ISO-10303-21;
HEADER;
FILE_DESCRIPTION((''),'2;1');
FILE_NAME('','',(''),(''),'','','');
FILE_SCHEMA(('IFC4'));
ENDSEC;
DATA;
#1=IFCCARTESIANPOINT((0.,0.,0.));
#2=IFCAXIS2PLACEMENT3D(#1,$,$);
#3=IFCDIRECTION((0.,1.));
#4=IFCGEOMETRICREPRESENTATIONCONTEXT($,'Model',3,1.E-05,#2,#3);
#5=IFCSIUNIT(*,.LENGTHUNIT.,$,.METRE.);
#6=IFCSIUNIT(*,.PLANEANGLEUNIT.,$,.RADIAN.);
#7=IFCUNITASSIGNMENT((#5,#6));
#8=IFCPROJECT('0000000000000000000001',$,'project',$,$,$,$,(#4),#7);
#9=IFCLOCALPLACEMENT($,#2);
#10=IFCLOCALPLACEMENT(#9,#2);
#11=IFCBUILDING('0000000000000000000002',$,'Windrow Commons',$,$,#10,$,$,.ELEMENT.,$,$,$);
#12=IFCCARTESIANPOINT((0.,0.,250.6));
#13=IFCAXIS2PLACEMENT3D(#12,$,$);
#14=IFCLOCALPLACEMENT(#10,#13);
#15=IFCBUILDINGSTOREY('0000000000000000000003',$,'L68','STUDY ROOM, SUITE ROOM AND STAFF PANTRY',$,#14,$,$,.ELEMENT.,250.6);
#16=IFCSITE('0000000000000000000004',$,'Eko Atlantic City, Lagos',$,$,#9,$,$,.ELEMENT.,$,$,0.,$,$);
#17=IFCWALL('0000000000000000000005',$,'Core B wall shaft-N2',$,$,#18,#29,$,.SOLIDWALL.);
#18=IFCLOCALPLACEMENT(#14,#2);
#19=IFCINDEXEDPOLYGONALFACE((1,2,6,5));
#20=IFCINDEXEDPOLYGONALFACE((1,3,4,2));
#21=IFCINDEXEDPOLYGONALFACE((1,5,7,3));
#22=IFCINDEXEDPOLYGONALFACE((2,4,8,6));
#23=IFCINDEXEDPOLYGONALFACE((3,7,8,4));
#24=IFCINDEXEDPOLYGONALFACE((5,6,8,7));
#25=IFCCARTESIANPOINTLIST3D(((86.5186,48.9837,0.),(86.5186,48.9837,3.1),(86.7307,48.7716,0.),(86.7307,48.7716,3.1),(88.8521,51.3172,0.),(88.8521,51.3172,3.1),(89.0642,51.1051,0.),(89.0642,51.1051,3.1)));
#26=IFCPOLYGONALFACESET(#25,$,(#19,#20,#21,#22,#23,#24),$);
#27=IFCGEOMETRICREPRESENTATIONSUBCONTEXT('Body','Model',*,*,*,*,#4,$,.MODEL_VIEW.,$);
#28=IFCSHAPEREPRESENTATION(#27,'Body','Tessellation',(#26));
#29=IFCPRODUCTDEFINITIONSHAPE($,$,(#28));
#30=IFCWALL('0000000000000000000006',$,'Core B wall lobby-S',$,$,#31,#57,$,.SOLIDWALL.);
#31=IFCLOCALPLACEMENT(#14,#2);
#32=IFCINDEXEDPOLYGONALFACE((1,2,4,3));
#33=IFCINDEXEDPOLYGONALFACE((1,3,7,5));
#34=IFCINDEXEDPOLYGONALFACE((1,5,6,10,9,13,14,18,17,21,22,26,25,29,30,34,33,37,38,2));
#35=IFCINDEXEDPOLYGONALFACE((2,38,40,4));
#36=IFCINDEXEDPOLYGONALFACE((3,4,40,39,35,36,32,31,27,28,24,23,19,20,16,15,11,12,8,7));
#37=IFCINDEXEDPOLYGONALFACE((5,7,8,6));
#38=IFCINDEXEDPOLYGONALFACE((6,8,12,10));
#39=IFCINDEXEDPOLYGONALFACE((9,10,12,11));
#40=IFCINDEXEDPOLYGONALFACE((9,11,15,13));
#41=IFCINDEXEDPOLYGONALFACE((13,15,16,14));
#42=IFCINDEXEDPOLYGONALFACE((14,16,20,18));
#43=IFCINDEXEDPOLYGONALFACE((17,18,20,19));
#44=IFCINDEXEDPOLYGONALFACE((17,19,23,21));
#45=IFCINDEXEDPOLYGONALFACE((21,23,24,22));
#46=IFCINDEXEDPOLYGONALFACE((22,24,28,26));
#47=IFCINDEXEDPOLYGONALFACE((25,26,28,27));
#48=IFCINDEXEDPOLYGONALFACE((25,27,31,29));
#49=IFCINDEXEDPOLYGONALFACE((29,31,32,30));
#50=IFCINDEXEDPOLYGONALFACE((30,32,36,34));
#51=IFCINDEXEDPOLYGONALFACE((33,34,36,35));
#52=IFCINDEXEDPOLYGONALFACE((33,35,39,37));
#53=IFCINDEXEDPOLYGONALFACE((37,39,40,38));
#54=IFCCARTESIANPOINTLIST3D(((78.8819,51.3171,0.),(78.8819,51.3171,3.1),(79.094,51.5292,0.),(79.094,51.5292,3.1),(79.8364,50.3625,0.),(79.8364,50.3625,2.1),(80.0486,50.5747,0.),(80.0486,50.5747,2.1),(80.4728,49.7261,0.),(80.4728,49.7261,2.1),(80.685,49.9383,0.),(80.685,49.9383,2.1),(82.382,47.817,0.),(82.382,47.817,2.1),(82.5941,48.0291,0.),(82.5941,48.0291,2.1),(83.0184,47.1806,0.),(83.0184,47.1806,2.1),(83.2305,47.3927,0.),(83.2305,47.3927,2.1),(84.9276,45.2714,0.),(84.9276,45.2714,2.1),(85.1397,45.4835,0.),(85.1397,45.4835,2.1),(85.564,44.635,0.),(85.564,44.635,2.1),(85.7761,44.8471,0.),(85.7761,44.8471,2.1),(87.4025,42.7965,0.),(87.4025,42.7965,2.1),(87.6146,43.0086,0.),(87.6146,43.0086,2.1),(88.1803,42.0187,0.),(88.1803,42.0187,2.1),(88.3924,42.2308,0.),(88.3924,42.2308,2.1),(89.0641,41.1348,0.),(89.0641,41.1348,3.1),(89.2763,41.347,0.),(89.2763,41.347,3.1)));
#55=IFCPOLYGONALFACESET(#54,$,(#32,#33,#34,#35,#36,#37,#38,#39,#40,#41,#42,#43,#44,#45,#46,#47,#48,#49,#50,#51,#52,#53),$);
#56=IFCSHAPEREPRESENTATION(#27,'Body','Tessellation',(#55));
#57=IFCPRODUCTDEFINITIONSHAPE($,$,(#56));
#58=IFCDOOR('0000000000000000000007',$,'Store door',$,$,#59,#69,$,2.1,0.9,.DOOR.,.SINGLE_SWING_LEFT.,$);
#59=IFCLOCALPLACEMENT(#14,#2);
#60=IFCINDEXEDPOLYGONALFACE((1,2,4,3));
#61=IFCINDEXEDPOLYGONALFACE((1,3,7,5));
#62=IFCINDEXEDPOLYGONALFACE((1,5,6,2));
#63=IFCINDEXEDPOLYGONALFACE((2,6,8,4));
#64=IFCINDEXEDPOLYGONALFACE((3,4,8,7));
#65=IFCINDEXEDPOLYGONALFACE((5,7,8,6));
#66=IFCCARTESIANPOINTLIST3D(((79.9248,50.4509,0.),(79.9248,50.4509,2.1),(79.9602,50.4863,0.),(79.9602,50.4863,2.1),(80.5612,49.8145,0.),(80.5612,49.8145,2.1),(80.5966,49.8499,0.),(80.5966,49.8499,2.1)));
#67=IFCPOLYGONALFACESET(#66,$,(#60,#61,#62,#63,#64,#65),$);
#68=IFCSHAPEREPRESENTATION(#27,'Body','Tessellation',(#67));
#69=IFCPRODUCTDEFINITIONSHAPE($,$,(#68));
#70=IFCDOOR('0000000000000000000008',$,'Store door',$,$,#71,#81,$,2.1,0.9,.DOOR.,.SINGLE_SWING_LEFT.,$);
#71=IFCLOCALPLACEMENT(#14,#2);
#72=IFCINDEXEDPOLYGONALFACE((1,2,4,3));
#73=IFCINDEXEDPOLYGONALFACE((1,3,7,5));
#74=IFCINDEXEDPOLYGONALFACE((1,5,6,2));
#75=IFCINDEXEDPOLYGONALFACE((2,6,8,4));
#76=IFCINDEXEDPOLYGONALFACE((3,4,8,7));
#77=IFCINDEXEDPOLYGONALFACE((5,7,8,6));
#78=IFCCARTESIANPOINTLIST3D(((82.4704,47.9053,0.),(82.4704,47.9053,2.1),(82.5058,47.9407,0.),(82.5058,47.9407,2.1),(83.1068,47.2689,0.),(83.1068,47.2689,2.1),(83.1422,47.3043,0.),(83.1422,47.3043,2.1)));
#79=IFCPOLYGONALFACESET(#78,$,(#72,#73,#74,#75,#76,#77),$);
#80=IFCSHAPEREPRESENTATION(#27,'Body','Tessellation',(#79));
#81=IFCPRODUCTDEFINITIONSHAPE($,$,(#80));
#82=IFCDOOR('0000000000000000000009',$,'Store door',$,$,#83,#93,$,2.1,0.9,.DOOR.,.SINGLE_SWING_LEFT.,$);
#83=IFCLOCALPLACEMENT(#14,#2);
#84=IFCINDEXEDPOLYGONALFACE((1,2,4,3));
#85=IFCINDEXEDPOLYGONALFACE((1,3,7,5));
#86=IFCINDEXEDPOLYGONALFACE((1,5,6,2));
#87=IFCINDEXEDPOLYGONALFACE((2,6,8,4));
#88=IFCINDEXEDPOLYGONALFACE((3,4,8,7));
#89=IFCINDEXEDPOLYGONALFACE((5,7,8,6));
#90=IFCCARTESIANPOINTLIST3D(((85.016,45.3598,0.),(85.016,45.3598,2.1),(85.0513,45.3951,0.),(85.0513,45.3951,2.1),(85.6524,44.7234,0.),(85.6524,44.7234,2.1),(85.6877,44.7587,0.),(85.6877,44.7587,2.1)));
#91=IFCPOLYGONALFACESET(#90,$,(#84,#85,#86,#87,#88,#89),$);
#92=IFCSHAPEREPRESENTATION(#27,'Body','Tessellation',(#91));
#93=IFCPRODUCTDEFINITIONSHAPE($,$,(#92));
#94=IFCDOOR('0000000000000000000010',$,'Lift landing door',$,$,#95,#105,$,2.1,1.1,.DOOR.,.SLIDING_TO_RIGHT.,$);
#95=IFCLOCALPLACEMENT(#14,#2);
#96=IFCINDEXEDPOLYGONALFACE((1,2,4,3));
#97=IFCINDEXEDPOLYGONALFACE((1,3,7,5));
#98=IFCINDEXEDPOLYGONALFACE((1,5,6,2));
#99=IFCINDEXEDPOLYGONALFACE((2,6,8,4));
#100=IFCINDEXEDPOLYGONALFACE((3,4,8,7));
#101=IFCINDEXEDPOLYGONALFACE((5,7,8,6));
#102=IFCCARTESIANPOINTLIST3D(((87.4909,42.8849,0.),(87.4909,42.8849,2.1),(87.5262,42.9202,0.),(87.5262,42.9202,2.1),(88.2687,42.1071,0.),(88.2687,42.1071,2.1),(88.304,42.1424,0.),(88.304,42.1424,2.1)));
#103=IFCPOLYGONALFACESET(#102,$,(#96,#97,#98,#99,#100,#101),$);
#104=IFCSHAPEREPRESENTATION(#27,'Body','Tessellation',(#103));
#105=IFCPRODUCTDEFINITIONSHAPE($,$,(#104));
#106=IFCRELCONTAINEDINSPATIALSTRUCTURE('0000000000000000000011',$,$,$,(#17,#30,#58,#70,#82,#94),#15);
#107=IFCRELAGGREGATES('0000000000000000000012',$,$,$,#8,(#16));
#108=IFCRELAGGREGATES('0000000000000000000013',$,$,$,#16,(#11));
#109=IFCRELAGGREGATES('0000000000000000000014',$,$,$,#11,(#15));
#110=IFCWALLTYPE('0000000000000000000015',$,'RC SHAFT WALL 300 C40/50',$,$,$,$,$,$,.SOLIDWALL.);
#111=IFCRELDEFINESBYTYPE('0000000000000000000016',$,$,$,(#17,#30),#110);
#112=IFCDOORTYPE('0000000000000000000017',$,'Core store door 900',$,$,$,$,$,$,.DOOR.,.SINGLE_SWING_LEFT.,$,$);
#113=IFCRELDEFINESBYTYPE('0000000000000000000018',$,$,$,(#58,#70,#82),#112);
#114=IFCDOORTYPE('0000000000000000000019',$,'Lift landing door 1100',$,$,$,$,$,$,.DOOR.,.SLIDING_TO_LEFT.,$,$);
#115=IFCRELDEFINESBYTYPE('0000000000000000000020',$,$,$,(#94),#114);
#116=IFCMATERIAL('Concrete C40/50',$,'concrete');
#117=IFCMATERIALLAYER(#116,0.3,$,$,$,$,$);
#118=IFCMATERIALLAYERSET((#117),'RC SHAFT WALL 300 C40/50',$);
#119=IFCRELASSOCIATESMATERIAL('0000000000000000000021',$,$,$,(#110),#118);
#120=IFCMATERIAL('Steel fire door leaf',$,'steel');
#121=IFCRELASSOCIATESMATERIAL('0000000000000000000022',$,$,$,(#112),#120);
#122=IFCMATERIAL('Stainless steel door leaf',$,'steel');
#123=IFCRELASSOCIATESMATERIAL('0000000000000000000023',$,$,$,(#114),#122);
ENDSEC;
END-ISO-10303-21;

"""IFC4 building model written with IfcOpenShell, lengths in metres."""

from ifc_helpers import new_model, si_unit, direction, frame, frame_2d, origin, place, context, subcontext, project, spatial, rectangle, extrude, material, layer, layer_set, type_object, element, fill, save


model = new_model("IFC4")

# Units and contexts
model_context = context("Model", 3, precision=1e-05, world=origin(), true_north=direction((0.0, 1.0)))
body_context = subcontext(model_context, "Body", "Model", "MODEL_VIEW")
ifc_project = project(units=[si_unit("LENGTHUNIT", "METRE"), si_unit("PLANEANGLEUNIT", "RADIAN")], contexts=[model_context])

# Site, building, storey
site_placement = place(None, origin())
site = spatial("IfcSite", under=ifc_project, at=site_placement, Name="Eko Atlantic City, Lagos", CompositionType="ELEMENT", RefElevation=0.0)
building_placement = place(site_placement, origin())
building = spatial("IfcBuilding", under=site, at=building_placement, Name="Windrow Commons", CompositionType="ELEMENT")
storey_placement = place(building_placement, frame((0.0, 0.0, 250.6)))
storey = spatial("IfcBuildingStorey", under=building, at=storey_placement, Name="L68", Description="STUDY ROOM, SUITE ROOM AND STAFF PANTRY", CompositionType="ELEMENT", Elevation=250.6)

# Wall
ifc_material_1 = material(Name="Concrete C40/50", Category="concrete")
ifc_layer_1 = layer(ifc_material_1, 0.3)
ifc_layer_set_1 = layer_set([ifc_layer_1], Name="RC SHAFT WALL 300 C40/50")
wall_type_1 = type_object("IfcWallType", Name="RC SHAFT WALL 300 C40/50", PredefinedType="SOLIDWALL", material=ifc_layer_set_1)
wall_1_placement = place(storey_placement, frame((86.6246, 48.8776, 0.0), z_axis=(0.0, 0.0, 1.0), x_axis=(0.707107, 0.707107, 0.0)))
element("IfcWall", 1, at=wall_1_placement, inside=storey, type_object=wall_type_1, Name="Core B wall shaft-N2", PredefinedType="SOLIDWALL", context=body_context, shape_type="SweptSolid", body=[
    extrude(rectangle(XDim=3.3001, YDim=0.3, at=frame_2d((1.6501, 0.0))), origin(), (0.0, 0.0, 1.0), 3.1),
])

# Wall, openings, doors
wall_2_placement = place(storey_placement, frame((78.9879, 51.4232, 0.0), z_axis=(0.0, 0.0, 1.0), x_axis=(0.707107, -0.707107, 0.0)))
wall_2 = element("IfcWall", 2, at=wall_2_placement, inside=storey, type_object=wall_type_1, Name="Core B wall lobby-S", PredefinedType="SOLIDWALL", context=body_context, shape_type="SweptSolid", body=[
    extrude(rectangle(XDim=14.3999, YDim=0.3, at=frame_2d((7.2, 0.0))), origin(), (0.0, 0.0, 1.0), 3.1),
])
opening_1_placement = place(wall_2_placement, frame((1.35, 0.0, 0.0)))
opening_1 = element("IfcOpeningElement", 3, at=opening_1_placement, cuts=wall_2, PredefinedType="OPENING", context=body_context, shape_type="SweptSolid", body=[
    extrude(rectangle(XDim=0.9, YDim=2.1, at=frame_2d((0.45, 1.05))), frame((0.0, 0.16, 0.0), z_axis=(0.0, -1.0, 0.0), x_axis=(1.0, 0.0, 0.0)), (0.0, 0.0, 1.0), 0.32),
])
opening_2_placement = place(wall_2_placement, frame((4.95, 0.0, 0.0)))
opening_2 = element("IfcOpeningElement", 4, at=opening_2_placement, cuts=wall_2, PredefinedType="OPENING", context=body_context, shape_type="SweptSolid", body=[
    extrude(rectangle(XDim=0.9, YDim=2.1, at=frame_2d((0.45, 1.05))), frame((0.0, 0.16, 0.0), z_axis=(0.0, -1.0, 0.0), x_axis=(1.0, 0.0, 0.0)), (0.0, 0.0, 1.0), 0.32),
])
opening_3_placement = place(wall_2_placement, frame((8.55, 0.0, 0.0)))
opening_3 = element("IfcOpeningElement", 5, at=opening_3_placement, cuts=wall_2, PredefinedType="OPENING", context=body_context, shape_type="SweptSolid", body=[
    extrude(rectangle(XDim=0.9, YDim=2.1, at=frame_2d((0.45, 1.05))), frame((0.0, 0.16, 0.0), z_axis=(0.0, -1.0, 0.0), x_axis=(1.0, 0.0, 0.0)), (0.0, 0.0, 1.0), 0.32),
])
opening_4_placement = place(wall_2_placement, frame((12.05, 0.0, 0.0)))
opening_4 = element("IfcOpeningElement", 6, at=opening_4_placement, cuts=wall_2, PredefinedType="OPENING", context=body_context, shape_type="SweptSolid", body=[
    extrude(rectangle(XDim=1.1, YDim=2.1, at=frame_2d((0.55, 1.05))), frame((0.0, 0.16, 0.0), z_axis=(0.0, -1.0, 0.0), x_axis=(1.0, 0.0, 0.0)), (0.0, 0.0, 1.0), 0.32),
])
ifc_material_2 = material(Name="Steel fire door leaf", Category="steel")
door_type_1 = type_object("IfcDoorType", Name="Core store door 900", OperationType="SINGLE_SWING_LEFT", PredefinedType="DOOR", material=ifc_material_2)
door_1_placement = place(opening_1_placement, origin())
door_1 = element("IfcDoor", 7, at=door_1_placement, inside=storey, type_object=door_type_1, Name="Store door", OperationType="SINGLE_SWING_LEFT", OverallHeight=2.1, OverallWidth=0.9, PredefinedType="DOOR", context=body_context, shape_type="SweptSolid", body=[
    extrude(rectangle(XDim=0.9, YDim=2.1, at=frame_2d((0.45, 1.05))), frame((0.0, 0.025, 0.0), z_axis=(0.0, -1.0, 0.0), x_axis=(1.0, 0.0, 0.0)), (0.0, 0.0, 1.0), 0.05),
])
fill(opening_1, door_1)
door_2_placement = place(opening_2_placement, origin())
door_2 = element("IfcDoor", 8, at=door_2_placement, inside=storey, type_object=door_type_1, Name="Store door", OperationType="SINGLE_SWING_LEFT", OverallHeight=2.1, OverallWidth=0.9, PredefinedType="DOOR", context=body_context, shape_type="SweptSolid", body=[
    extrude(rectangle(XDim=0.9, YDim=2.1, at=frame_2d((0.45, 1.05))), frame((0.0, 0.025, 0.0), z_axis=(0.0, -1.0, 0.0), x_axis=(1.0, 0.0, 0.0)), (0.0, 0.0, 1.0), 0.05),
])
fill(opening_2, door_2)
door_3_placement = place(opening_3_placement, origin())
door_3 = element("IfcDoor", 9, at=door_3_placement, inside=storey, type_object=door_type_1, Name="Store door", OperationType="SINGLE_SWING_LEFT", OverallHeight=2.1, OverallWidth=0.9, PredefinedType="DOOR", context=body_context, shape_type="SweptSolid", body=[
    extrude(rectangle(XDim=0.9, YDim=2.1, at=frame_2d((0.45, 1.05))), frame((0.0, 0.025, 0.0), z_axis=(0.0, -1.0, 0.0), x_axis=(1.0, 0.0, 0.0)), (0.0, 0.0, 1.0), 0.05),
])
fill(opening_3, door_3)
ifc_material_3 = material(Name="Stainless steel door leaf", Category="steel")
door_type_2 = type_object("IfcDoorType", Name="Lift landing door 1100", OperationType="SLIDING_TO_LEFT", PredefinedType="DOOR", material=ifc_material_3)
door_4_placement = place(opening_4_placement, origin())
door_4 = element("IfcDoor", 10, at=door_4_placement, inside=storey, type_object=door_type_2, Name="Lift landing door", OperationType="SLIDING_TO_RIGHT", OverallHeight=2.1, OverallWidth=1.1, PredefinedType="DOOR", context=body_context, shape_type="SweptSolid", body=[
    extrude(rectangle(XDim=1.1, YDim=2.1, at=frame_2d((0.55, 1.05))), frame((0.0, 0.025, 0.0), z_axis=(0.0, -1.0, 0.0), x_axis=(1.0, 0.0, 0.0)), (0.0, 0.0, 1.0), 0.05),
])
fill(opening_4, door_4)

save(model, "model.ifc")
